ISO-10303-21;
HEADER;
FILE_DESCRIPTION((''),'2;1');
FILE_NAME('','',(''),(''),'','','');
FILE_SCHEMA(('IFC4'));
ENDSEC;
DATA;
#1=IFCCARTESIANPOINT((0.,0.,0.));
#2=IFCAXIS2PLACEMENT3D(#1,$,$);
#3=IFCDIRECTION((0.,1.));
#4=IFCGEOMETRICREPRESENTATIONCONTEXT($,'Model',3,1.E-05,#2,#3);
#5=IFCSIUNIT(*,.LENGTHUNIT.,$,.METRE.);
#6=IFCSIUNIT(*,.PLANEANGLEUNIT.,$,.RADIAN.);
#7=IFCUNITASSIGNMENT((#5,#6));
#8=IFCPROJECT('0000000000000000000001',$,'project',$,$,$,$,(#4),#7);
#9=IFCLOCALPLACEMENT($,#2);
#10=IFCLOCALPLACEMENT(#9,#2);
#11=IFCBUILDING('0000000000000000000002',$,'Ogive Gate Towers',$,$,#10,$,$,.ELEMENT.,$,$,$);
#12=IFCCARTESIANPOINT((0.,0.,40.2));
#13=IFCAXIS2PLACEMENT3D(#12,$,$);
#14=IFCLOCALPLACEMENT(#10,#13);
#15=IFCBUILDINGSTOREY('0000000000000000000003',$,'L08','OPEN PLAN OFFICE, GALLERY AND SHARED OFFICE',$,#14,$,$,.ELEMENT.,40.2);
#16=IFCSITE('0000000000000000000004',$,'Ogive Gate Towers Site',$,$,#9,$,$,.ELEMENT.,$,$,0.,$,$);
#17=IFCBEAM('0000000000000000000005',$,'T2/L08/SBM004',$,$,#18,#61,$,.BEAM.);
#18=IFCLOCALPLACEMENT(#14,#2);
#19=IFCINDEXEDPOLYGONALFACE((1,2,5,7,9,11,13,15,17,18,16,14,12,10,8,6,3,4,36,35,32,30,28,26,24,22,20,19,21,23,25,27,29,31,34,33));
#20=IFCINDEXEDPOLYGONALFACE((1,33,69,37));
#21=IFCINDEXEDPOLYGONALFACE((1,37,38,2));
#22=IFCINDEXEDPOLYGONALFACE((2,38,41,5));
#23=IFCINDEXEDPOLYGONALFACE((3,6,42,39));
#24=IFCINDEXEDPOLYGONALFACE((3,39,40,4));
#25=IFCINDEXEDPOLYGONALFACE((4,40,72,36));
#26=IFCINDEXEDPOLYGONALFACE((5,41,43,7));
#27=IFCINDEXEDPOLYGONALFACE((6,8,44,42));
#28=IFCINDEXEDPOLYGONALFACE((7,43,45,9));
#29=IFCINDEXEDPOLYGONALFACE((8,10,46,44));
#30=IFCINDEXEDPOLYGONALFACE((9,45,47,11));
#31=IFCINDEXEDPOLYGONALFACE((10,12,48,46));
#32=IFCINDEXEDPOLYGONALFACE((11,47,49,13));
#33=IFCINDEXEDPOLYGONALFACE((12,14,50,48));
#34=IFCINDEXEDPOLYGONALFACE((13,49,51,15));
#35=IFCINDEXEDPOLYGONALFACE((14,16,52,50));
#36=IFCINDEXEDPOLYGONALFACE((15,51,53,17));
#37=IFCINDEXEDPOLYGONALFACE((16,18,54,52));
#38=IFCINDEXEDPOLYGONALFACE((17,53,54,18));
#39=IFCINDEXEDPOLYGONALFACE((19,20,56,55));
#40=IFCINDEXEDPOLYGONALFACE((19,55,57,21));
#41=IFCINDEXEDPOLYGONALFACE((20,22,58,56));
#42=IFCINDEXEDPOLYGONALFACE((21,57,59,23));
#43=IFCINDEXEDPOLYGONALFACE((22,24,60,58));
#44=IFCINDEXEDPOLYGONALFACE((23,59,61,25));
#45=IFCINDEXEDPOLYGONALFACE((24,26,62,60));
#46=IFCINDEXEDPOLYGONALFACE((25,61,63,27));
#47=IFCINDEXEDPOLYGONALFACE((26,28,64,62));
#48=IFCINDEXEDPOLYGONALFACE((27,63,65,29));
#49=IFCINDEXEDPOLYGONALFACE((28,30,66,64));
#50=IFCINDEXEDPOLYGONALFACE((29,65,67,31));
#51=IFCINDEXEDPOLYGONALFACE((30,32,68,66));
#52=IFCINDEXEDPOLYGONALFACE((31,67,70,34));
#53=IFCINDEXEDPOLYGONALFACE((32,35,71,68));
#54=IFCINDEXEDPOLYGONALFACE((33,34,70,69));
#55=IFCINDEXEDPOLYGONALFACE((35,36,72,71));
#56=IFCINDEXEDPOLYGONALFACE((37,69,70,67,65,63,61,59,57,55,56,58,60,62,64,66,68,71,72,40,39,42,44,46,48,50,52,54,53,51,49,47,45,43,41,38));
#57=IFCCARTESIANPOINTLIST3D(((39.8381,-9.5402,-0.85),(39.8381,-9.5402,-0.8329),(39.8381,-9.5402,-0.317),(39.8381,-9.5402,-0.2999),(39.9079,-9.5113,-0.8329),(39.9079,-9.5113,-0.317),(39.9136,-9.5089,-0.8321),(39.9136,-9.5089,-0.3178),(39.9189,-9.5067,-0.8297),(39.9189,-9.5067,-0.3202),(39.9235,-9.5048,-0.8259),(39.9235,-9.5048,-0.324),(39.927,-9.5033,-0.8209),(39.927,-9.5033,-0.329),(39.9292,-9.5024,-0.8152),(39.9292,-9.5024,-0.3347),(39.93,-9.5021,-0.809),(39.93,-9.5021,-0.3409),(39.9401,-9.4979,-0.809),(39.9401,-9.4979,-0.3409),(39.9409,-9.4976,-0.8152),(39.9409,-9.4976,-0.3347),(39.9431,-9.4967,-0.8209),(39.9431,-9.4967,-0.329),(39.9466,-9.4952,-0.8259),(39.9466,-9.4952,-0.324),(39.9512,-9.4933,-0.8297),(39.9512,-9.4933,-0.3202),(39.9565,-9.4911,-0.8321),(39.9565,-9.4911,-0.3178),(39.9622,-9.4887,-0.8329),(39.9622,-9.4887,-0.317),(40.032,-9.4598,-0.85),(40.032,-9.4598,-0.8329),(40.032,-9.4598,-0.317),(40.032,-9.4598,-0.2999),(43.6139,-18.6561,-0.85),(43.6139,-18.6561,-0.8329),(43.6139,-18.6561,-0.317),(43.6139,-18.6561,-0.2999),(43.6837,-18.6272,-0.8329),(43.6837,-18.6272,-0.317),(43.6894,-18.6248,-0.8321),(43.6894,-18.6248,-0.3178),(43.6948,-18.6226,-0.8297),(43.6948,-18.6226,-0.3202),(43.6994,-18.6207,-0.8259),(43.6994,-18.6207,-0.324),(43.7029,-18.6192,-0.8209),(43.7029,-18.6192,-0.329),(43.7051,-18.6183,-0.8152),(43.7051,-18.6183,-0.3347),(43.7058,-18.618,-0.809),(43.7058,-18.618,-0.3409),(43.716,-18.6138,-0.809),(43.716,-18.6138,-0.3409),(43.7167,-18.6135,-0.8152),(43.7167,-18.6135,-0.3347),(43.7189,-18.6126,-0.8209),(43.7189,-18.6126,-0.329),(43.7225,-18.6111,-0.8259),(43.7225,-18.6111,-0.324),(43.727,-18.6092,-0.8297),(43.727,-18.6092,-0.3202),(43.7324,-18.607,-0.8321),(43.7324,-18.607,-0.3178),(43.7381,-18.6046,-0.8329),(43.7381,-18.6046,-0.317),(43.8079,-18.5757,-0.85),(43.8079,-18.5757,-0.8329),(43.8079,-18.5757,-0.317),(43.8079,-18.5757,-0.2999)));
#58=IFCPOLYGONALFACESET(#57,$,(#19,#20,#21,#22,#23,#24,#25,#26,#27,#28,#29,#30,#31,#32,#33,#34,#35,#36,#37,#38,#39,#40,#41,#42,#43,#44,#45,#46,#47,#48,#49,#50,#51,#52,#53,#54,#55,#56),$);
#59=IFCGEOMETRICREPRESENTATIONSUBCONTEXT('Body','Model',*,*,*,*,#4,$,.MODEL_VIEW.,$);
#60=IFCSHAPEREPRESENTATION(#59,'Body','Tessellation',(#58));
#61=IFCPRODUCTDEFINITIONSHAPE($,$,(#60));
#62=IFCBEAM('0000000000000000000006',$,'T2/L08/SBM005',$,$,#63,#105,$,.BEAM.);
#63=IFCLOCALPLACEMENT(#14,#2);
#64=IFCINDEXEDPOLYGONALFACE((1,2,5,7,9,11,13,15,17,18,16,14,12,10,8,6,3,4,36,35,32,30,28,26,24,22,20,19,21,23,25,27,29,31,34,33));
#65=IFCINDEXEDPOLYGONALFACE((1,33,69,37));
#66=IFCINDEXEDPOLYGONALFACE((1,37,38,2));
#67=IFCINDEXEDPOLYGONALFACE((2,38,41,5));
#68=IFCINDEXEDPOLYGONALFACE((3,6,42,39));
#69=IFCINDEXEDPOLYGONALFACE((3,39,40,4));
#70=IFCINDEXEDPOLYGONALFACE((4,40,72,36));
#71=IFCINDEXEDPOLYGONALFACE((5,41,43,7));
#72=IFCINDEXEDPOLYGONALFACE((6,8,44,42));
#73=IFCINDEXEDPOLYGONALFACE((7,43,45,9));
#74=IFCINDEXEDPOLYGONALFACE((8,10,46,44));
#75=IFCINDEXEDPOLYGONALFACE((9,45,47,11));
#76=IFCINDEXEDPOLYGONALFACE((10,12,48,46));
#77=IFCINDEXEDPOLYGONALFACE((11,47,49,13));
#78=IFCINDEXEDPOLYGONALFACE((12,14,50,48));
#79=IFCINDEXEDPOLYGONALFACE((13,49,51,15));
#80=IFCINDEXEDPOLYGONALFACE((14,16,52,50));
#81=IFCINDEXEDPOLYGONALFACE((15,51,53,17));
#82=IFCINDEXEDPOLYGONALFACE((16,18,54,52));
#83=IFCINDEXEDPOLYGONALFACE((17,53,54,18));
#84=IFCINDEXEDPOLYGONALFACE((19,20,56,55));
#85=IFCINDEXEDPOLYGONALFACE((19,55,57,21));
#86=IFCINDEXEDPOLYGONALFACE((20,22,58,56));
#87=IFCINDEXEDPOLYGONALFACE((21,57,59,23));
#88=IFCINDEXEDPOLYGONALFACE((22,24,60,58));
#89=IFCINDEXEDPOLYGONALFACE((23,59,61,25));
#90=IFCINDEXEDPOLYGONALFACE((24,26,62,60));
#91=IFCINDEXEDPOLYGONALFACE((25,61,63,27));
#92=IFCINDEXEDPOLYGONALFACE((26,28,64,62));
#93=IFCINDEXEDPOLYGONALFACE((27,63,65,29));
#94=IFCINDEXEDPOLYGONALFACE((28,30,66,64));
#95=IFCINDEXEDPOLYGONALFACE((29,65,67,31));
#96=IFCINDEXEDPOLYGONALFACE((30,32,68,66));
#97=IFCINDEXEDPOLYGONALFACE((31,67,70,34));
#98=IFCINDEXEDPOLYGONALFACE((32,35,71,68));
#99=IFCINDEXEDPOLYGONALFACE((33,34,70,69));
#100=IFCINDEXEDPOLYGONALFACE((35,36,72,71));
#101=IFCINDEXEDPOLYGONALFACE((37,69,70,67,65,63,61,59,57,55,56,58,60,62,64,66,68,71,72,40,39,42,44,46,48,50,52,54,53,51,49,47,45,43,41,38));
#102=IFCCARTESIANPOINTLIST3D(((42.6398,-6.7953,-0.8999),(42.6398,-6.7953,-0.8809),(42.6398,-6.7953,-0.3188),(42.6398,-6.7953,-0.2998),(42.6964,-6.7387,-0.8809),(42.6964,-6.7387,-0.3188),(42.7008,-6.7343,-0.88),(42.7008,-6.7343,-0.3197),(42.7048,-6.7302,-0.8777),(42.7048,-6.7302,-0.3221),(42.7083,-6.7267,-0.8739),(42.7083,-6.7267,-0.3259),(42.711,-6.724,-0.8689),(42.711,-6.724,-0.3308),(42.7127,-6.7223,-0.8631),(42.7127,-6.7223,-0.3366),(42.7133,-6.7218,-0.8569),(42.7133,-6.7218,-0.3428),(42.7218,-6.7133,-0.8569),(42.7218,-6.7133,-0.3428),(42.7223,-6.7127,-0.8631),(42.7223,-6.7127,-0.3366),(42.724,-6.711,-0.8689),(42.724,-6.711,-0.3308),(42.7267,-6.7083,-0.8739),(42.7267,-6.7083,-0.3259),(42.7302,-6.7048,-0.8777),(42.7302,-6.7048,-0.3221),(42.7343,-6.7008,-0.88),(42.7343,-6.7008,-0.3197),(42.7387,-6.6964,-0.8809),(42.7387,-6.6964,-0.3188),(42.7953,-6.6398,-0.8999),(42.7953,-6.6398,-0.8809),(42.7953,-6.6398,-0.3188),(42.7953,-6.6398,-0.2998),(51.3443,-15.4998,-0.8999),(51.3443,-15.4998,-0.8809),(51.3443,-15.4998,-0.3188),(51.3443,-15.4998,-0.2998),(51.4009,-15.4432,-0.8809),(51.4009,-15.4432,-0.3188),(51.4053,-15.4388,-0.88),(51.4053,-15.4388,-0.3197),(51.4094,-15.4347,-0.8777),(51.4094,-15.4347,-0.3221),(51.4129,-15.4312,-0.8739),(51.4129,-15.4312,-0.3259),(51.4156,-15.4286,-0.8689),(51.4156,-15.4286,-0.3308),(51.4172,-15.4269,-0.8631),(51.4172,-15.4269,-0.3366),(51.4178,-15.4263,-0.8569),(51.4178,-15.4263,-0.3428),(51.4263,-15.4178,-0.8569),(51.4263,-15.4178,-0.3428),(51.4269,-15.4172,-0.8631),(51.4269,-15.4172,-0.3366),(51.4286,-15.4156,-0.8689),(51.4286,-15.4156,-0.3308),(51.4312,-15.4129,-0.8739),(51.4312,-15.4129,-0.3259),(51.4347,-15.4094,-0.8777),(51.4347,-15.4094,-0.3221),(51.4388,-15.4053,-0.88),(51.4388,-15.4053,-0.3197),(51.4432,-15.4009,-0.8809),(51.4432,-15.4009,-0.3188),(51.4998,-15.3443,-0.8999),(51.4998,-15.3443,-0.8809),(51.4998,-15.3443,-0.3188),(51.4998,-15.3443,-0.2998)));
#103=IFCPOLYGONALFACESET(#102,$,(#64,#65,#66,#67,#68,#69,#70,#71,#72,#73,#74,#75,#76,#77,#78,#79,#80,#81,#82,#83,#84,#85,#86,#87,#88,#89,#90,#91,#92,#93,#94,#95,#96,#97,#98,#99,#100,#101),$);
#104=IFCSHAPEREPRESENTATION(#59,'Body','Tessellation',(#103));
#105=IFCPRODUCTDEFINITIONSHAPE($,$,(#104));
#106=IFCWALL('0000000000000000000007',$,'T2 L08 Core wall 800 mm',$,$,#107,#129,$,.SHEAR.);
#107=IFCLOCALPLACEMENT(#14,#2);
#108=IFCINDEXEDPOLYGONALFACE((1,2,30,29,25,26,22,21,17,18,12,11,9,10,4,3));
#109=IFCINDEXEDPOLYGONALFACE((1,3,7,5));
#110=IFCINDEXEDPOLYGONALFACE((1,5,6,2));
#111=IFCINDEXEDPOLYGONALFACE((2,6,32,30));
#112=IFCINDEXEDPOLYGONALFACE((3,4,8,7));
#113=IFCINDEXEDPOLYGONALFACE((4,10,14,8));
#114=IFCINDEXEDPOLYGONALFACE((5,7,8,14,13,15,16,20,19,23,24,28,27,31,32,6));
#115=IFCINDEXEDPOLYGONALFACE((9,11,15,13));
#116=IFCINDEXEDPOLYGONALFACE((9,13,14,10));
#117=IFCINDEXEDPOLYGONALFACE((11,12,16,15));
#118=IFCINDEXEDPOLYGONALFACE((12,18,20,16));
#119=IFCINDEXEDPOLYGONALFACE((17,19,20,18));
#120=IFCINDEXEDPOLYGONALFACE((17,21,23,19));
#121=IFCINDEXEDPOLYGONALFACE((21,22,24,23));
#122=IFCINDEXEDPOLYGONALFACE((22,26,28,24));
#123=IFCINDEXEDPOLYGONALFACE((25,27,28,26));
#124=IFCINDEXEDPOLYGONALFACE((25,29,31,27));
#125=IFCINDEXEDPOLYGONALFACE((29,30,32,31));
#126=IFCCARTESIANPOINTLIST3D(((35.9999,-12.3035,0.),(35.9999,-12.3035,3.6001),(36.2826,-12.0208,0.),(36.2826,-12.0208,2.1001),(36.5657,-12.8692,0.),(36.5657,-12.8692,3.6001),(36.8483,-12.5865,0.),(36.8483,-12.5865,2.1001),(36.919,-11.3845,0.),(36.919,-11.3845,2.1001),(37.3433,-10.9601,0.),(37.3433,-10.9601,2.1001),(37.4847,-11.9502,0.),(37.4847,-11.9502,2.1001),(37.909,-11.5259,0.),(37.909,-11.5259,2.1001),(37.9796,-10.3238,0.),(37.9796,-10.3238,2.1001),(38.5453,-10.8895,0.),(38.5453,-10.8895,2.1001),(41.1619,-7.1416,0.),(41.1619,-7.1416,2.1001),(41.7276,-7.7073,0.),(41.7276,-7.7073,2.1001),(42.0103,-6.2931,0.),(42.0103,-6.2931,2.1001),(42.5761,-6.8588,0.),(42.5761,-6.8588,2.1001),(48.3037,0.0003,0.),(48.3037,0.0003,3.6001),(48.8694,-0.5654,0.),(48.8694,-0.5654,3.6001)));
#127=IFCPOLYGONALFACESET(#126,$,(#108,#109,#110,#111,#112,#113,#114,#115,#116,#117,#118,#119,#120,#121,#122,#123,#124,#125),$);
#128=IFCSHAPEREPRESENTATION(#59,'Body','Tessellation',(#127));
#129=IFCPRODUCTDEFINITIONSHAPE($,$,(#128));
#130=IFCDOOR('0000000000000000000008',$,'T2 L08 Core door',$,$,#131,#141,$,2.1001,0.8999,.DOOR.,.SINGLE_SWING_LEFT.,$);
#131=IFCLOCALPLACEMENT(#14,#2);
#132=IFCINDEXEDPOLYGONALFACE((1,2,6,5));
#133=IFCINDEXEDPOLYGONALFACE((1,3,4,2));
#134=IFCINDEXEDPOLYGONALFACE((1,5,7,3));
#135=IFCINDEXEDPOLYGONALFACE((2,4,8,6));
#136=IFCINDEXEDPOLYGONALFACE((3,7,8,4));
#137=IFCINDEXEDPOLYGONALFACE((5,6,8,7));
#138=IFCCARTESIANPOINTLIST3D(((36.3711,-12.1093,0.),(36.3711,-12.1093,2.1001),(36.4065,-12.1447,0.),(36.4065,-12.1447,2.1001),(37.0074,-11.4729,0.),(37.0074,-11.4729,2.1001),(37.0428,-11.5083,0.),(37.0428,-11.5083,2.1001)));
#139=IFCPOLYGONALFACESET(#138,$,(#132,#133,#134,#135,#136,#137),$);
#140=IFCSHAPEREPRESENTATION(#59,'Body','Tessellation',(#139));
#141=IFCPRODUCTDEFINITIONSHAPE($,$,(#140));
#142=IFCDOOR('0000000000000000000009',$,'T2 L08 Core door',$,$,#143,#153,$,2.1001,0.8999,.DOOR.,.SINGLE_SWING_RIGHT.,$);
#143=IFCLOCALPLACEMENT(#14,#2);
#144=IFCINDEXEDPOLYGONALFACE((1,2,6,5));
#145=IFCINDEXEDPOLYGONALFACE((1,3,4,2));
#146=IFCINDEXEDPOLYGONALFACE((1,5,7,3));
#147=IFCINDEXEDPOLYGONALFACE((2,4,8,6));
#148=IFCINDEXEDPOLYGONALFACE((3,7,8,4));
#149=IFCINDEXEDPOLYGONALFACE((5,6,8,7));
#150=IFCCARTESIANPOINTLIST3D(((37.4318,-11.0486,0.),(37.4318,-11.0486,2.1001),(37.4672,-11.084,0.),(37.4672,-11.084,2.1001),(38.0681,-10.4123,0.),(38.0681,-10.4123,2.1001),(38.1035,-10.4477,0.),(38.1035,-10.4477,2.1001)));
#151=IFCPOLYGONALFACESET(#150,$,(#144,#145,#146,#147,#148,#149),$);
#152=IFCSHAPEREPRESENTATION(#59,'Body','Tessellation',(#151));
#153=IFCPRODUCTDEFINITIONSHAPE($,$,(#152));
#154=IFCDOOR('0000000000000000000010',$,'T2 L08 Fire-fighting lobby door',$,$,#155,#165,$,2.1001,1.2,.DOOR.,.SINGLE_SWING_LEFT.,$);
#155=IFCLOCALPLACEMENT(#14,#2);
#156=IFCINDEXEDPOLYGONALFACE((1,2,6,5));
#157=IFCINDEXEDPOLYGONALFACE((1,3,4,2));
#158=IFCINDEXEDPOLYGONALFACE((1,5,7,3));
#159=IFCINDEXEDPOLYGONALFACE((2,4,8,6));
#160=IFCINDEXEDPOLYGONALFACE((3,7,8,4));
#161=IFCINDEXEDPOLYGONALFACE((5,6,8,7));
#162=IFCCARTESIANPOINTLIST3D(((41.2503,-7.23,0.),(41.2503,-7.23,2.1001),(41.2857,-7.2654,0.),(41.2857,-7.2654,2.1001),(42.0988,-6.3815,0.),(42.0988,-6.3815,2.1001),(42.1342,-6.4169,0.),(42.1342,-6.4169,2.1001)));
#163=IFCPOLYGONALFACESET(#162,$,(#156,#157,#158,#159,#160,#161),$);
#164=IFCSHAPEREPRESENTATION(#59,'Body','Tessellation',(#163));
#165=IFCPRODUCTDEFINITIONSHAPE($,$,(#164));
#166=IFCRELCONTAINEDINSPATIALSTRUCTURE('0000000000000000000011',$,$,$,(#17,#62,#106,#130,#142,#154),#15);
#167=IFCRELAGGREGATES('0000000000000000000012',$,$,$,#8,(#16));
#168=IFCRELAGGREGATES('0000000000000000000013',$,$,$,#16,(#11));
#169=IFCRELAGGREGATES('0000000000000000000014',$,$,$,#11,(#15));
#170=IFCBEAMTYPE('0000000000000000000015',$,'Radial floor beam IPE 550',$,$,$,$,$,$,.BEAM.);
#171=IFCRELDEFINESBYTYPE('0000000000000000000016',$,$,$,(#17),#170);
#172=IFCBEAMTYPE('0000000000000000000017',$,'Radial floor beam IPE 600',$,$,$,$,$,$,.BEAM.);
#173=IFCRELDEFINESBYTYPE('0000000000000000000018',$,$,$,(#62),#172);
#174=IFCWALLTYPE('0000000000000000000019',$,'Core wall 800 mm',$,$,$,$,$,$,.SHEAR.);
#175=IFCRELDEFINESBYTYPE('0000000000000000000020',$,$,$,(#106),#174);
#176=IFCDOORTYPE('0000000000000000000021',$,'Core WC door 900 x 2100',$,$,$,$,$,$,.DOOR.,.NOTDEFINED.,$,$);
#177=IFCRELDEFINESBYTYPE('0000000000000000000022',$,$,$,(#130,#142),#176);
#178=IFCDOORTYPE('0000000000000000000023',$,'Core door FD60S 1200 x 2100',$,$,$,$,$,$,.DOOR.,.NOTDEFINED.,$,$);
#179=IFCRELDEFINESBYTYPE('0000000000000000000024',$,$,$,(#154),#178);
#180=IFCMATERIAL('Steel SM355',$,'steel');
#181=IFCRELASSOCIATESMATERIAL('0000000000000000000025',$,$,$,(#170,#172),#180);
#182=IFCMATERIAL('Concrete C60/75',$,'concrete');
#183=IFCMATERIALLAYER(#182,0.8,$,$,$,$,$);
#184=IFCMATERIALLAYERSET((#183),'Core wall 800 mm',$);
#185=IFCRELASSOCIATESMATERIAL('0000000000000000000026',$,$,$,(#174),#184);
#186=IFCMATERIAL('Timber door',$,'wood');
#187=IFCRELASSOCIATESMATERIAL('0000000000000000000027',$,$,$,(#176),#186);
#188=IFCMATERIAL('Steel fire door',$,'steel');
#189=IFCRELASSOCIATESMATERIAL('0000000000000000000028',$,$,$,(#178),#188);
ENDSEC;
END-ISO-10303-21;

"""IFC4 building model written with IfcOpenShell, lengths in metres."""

from ifc_helpers import new_model, si_unit, direction, frame, frame_2d, origin, origin_2d, place, context, subcontext, project, spatial, rectangle, i_section, extrude, material, layer, layer_set, material_profile, profile_set, type_object, element, fill, save


model = new_model("IFC4")

# Units and contexts
model_context = context("Model", 3, precision=1e-05, world=origin(), true_north=direction((0.0, 1.0)))
body_context = subcontext(model_context, "Body", "Model", "MODEL_VIEW")
ifc_project = project(units=[si_unit("LENGTHUNIT", "METRE"), si_unit("PLANEANGLEUNIT", "RADIAN")], contexts=[model_context])

# Site, building, storey
site_placement = place(None, origin())
site = spatial("IfcSite", under=ifc_project, at=site_placement, Name="Ogive Gate Towers Site", CompositionType="ELEMENT", RefElevation=0.0)
building_placement = place(site_placement, origin())
building = spatial("IfcBuilding", under=site, at=building_placement, Name="Ogive Gate Towers", CompositionType="ELEMENT")
storey_placement = place(building_placement, frame((0.0, 0.0, 40.2)))
storey = spatial("IfcBuildingStorey", under=building, at=storey_placement, Name="L08", Description="OPEN PLAN OFFICE, GALLERY AND SHARED OFFICE", CompositionType="ELEMENT", Elevation=40.2)

# Beams
ifc_material_1 = material(Name="Steel SM355", Category="steel")
ifc_material_profile_1 = material_profile(ifc_material_1, i_section(OverallWidth=0.21, OverallDepth=0.55, WebThickness=0.011, FlangeThickness=0.0171, FilletRadius=0.0239, at=origin_2d()), Name="IPE 550")
ifc_profile_set_1 = profile_set([ifc_material_profile_1], Name="Steel SM355")
beam_type_1 = type_object("IfcBeamType", Name="Radial floor beam IPE 550", PredefinedType="BEAM", material=ifc_profile_set_1)
beam_1_placement = place(storey_placement, frame((39.9351, -9.5, -0.575), z_axis=(0.382677, -0.923882, 0.0), x_axis=(0.923882, 0.382677, 0.0)))
element("IfcBeam", 1, at=beam_1_placement, inside=storey, type_object=beam_type_1, Name="T2/L08/SBM004", PredefinedType="BEAM", context=body_context, shape_type="SweptSolid", body=[
    extrude(i_section(OverallWidth=0.21, OverallDepth=0.55, WebThickness=0.011, FlangeThickness=0.0171, FilletRadius=0.0239, at=origin_2d()), origin(), (0.0, 0.0, 1.0), 9.8669),
])
ifc_material_profile_2 = material_profile(ifc_material_1, i_section(OverallWidth=0.22, OverallDepth=0.6001, WebThickness=0.012, FlangeThickness=0.019, FilletRadius=0.0239, at=origin_2d()), Name="IPE 600")
ifc_profile_set_2 = profile_set([ifc_material_profile_2], Name="Steel SM355")
beam_type_2 = type_object("IfcBeamType", Name="Radial floor beam IPE 600", PredefinedType="BEAM", material=ifc_profile_set_2)
beam_2_placement = place(storey_placement, frame((42.7175, -6.7175, -0.5999), z_axis=(0.707107, -0.707107, 0.0), x_axis=(0.707107, 0.707107, 0.0)))
element("IfcBeam", 2, at=beam_2_placement, inside=storey, type_object=beam_type_2, Name="T2/L08/SBM005", PredefinedType="BEAM", context=body_context, shape_type="SweptSolid", body=[
    extrude(i_section(OverallWidth=0.22, OverallDepth=0.6001, WebThickness=0.012, FlangeThickness=0.019, FilletRadius=0.0239, at=origin_2d()), origin(), (0.0, 0.0, 1.0), 12.3101),
])

# Wall, openings, doors
ifc_material_2 = material(Name="Concrete C60/75", Category="concrete")
ifc_layer_1 = layer(ifc_material_2, 0.8)
ifc_layer_set_1 = layer_set([ifc_layer_1], Name="Core wall 800 mm")
wall_type_1 = type_object("IfcWallType", Name="Core wall 800 mm", PredefinedType="SHEAR", material=ifc_layer_set_1)
wall_1_placement = place(storey_placement, frame((36.2827, -12.5864, 0.0), z_axis=(0.0, 0.0, 1.0), x_axis=(0.707107, 0.707107, 0.0)))
wall_1 = element("IfcWall", 3, at=wall_1_placement, inside=storey, type_object=wall_type_1, Name="T2 L08 Core wall 800 mm", PredefinedType="SHEAR", context=body_context, shape_type="SweptSolid", body=[
    extrude(rectangle(XDim=17.4001, YDim=0.8, at=frame_2d((8.7002, 0.0))), origin(), (0.0, 0.0, 1.0), 3.6001),
])
opening_1_placement = place(wall_1_placement, frame((7.3, 0.0, 0.0)))
opening_1 = element("IfcOpeningElement", 4, at=opening_1_placement, cuts=wall_1, PredefinedType="OPENING", context=body_context, shape_type="SweptSolid", body=[
    extrude(rectangle(XDim=1.2, YDim=2.1001, at=frame_2d((0.6001, 1.05))), frame((0.0, 0.4102, 0.0), z_axis=(0.0, -1.0, 0.0), x_axis=(1.0, 0.0, 0.0)), (0.0, 0.0, 1.0), 0.8201),
])
opening_2_placement = place(wall_1_placement, frame((0.3999, 0.0, 0.0)))
opening_2 = element("IfcOpeningElement", 5, at=opening_2_placement, cuts=wall_1, PredefinedType="OPENING", context=body_context, shape_type="SweptSolid", body=[
    extrude(rectangle(XDim=0.8999, YDim=2.1001, at=frame_2d((0.45, 1.05))), frame((0.0, 0.4102, 0.0), z_axis=(0.0, -1.0, 0.0), x_axis=(1.0, 0.0, 0.0)), (0.0, 0.0, 1.0), 0.8201),
])
opening_3_placement = place(wall_1_placement, frame((1.8999, 0.0, 0.0)))
opening_3 = element("IfcOpeningElement", 6, at=opening_3_placement, cuts=wall_1, PredefinedType="OPENING", context=body_context, shape_type="SweptSolid", body=[
    extrude(rectangle(XDim=0.8999, YDim=2.1001, at=frame_2d((0.45, 1.05))), frame((0.0, 0.4102, 0.0), z_axis=(0.0, -1.0, 0.0), x_axis=(1.0, 0.0, 0.0)), (0.0, 0.0, 1.0), 0.8201),
])
ifc_material_3 = material(Name="Timber door", Category="wood")
door_type_1 = type_object("IfcDoorType", Name="Core WC door 900 x 2100", OperationType="NOTDEFINED", PredefinedType="DOOR", material=ifc_material_3)
door_1_placement = place(opening_2_placement, origin())
door_1 = element("IfcDoor", 7, at=door_1_placement, inside=storey, type_object=door_type_1, Name="T2 L08 Core door", OperationType="SINGLE_SWING_LEFT", OverallHeight=2.1001, OverallWidth=0.8999, PredefinedType="DOOR", context=body_context, shape_type="SweptSolid", body=[
    extrude(rectangle(XDim=0.8999, YDim=2.1001, at=frame_2d((0.45, 1.05))), frame((0.0, 0.2749, 0.0), z_axis=(0.0, -1.0, 0.0), x_axis=(1.0, 0.0, 0.0)), (0.0, 0.0, 1.0), 0.05),
])
fill(opening_2, door_1)
door_2_placement = place(opening_3_placement, origin())
door_2 = element("IfcDoor", 8, at=door_2_placement, inside=storey, type_object=door_type_1, Name="T2 L08 Core door", OperationType="SINGLE_SWING_RIGHT", OverallHeight=2.1001, OverallWidth=0.8999, PredefinedType="DOOR", context=body_context, shape_type="SweptSolid", body=[
    extrude(rectangle(XDim=0.8999, YDim=2.1001, at=frame_2d((0.45, 1.05))), frame((0.0, 0.2749, 0.0), z_axis=(0.0, -1.0, 0.0), x_axis=(1.0, 0.0, 0.0)), (0.0, 0.0, 1.0), 0.05),
])
fill(opening_3, door_2)
ifc_material_4 = material(Name="Steel fire door", Category="steel")
door_type_2 = type_object("IfcDoorType", Name="Core door FD60S 1200 x 2100", OperationType="NOTDEFINED", PredefinedType="DOOR", material=ifc_material_4)
door_3_placement = place(opening_1_placement, origin())
door_3 = element("IfcDoor", 9, at=door_3_placement, inside=storey, type_object=door_type_2, Name="T2 L08 Fire-fighting lobby door", OperationType="SINGLE_SWING_LEFT", OverallHeight=2.1001, OverallWidth=1.2, PredefinedType="DOOR", context=body_context, shape_type="SweptSolid", body=[
    extrude(rectangle(XDim=1.2, YDim=2.1001, at=frame_2d((0.6001, 1.05))), frame((0.0, 0.2749, 0.0), z_axis=(0.0, -1.0, 0.0), x_axis=(1.0, 0.0, 0.0)), (0.0, 0.0, 1.0), 0.05),
])
fill(opening_1, door_3)

save(model, "model.ifc")
